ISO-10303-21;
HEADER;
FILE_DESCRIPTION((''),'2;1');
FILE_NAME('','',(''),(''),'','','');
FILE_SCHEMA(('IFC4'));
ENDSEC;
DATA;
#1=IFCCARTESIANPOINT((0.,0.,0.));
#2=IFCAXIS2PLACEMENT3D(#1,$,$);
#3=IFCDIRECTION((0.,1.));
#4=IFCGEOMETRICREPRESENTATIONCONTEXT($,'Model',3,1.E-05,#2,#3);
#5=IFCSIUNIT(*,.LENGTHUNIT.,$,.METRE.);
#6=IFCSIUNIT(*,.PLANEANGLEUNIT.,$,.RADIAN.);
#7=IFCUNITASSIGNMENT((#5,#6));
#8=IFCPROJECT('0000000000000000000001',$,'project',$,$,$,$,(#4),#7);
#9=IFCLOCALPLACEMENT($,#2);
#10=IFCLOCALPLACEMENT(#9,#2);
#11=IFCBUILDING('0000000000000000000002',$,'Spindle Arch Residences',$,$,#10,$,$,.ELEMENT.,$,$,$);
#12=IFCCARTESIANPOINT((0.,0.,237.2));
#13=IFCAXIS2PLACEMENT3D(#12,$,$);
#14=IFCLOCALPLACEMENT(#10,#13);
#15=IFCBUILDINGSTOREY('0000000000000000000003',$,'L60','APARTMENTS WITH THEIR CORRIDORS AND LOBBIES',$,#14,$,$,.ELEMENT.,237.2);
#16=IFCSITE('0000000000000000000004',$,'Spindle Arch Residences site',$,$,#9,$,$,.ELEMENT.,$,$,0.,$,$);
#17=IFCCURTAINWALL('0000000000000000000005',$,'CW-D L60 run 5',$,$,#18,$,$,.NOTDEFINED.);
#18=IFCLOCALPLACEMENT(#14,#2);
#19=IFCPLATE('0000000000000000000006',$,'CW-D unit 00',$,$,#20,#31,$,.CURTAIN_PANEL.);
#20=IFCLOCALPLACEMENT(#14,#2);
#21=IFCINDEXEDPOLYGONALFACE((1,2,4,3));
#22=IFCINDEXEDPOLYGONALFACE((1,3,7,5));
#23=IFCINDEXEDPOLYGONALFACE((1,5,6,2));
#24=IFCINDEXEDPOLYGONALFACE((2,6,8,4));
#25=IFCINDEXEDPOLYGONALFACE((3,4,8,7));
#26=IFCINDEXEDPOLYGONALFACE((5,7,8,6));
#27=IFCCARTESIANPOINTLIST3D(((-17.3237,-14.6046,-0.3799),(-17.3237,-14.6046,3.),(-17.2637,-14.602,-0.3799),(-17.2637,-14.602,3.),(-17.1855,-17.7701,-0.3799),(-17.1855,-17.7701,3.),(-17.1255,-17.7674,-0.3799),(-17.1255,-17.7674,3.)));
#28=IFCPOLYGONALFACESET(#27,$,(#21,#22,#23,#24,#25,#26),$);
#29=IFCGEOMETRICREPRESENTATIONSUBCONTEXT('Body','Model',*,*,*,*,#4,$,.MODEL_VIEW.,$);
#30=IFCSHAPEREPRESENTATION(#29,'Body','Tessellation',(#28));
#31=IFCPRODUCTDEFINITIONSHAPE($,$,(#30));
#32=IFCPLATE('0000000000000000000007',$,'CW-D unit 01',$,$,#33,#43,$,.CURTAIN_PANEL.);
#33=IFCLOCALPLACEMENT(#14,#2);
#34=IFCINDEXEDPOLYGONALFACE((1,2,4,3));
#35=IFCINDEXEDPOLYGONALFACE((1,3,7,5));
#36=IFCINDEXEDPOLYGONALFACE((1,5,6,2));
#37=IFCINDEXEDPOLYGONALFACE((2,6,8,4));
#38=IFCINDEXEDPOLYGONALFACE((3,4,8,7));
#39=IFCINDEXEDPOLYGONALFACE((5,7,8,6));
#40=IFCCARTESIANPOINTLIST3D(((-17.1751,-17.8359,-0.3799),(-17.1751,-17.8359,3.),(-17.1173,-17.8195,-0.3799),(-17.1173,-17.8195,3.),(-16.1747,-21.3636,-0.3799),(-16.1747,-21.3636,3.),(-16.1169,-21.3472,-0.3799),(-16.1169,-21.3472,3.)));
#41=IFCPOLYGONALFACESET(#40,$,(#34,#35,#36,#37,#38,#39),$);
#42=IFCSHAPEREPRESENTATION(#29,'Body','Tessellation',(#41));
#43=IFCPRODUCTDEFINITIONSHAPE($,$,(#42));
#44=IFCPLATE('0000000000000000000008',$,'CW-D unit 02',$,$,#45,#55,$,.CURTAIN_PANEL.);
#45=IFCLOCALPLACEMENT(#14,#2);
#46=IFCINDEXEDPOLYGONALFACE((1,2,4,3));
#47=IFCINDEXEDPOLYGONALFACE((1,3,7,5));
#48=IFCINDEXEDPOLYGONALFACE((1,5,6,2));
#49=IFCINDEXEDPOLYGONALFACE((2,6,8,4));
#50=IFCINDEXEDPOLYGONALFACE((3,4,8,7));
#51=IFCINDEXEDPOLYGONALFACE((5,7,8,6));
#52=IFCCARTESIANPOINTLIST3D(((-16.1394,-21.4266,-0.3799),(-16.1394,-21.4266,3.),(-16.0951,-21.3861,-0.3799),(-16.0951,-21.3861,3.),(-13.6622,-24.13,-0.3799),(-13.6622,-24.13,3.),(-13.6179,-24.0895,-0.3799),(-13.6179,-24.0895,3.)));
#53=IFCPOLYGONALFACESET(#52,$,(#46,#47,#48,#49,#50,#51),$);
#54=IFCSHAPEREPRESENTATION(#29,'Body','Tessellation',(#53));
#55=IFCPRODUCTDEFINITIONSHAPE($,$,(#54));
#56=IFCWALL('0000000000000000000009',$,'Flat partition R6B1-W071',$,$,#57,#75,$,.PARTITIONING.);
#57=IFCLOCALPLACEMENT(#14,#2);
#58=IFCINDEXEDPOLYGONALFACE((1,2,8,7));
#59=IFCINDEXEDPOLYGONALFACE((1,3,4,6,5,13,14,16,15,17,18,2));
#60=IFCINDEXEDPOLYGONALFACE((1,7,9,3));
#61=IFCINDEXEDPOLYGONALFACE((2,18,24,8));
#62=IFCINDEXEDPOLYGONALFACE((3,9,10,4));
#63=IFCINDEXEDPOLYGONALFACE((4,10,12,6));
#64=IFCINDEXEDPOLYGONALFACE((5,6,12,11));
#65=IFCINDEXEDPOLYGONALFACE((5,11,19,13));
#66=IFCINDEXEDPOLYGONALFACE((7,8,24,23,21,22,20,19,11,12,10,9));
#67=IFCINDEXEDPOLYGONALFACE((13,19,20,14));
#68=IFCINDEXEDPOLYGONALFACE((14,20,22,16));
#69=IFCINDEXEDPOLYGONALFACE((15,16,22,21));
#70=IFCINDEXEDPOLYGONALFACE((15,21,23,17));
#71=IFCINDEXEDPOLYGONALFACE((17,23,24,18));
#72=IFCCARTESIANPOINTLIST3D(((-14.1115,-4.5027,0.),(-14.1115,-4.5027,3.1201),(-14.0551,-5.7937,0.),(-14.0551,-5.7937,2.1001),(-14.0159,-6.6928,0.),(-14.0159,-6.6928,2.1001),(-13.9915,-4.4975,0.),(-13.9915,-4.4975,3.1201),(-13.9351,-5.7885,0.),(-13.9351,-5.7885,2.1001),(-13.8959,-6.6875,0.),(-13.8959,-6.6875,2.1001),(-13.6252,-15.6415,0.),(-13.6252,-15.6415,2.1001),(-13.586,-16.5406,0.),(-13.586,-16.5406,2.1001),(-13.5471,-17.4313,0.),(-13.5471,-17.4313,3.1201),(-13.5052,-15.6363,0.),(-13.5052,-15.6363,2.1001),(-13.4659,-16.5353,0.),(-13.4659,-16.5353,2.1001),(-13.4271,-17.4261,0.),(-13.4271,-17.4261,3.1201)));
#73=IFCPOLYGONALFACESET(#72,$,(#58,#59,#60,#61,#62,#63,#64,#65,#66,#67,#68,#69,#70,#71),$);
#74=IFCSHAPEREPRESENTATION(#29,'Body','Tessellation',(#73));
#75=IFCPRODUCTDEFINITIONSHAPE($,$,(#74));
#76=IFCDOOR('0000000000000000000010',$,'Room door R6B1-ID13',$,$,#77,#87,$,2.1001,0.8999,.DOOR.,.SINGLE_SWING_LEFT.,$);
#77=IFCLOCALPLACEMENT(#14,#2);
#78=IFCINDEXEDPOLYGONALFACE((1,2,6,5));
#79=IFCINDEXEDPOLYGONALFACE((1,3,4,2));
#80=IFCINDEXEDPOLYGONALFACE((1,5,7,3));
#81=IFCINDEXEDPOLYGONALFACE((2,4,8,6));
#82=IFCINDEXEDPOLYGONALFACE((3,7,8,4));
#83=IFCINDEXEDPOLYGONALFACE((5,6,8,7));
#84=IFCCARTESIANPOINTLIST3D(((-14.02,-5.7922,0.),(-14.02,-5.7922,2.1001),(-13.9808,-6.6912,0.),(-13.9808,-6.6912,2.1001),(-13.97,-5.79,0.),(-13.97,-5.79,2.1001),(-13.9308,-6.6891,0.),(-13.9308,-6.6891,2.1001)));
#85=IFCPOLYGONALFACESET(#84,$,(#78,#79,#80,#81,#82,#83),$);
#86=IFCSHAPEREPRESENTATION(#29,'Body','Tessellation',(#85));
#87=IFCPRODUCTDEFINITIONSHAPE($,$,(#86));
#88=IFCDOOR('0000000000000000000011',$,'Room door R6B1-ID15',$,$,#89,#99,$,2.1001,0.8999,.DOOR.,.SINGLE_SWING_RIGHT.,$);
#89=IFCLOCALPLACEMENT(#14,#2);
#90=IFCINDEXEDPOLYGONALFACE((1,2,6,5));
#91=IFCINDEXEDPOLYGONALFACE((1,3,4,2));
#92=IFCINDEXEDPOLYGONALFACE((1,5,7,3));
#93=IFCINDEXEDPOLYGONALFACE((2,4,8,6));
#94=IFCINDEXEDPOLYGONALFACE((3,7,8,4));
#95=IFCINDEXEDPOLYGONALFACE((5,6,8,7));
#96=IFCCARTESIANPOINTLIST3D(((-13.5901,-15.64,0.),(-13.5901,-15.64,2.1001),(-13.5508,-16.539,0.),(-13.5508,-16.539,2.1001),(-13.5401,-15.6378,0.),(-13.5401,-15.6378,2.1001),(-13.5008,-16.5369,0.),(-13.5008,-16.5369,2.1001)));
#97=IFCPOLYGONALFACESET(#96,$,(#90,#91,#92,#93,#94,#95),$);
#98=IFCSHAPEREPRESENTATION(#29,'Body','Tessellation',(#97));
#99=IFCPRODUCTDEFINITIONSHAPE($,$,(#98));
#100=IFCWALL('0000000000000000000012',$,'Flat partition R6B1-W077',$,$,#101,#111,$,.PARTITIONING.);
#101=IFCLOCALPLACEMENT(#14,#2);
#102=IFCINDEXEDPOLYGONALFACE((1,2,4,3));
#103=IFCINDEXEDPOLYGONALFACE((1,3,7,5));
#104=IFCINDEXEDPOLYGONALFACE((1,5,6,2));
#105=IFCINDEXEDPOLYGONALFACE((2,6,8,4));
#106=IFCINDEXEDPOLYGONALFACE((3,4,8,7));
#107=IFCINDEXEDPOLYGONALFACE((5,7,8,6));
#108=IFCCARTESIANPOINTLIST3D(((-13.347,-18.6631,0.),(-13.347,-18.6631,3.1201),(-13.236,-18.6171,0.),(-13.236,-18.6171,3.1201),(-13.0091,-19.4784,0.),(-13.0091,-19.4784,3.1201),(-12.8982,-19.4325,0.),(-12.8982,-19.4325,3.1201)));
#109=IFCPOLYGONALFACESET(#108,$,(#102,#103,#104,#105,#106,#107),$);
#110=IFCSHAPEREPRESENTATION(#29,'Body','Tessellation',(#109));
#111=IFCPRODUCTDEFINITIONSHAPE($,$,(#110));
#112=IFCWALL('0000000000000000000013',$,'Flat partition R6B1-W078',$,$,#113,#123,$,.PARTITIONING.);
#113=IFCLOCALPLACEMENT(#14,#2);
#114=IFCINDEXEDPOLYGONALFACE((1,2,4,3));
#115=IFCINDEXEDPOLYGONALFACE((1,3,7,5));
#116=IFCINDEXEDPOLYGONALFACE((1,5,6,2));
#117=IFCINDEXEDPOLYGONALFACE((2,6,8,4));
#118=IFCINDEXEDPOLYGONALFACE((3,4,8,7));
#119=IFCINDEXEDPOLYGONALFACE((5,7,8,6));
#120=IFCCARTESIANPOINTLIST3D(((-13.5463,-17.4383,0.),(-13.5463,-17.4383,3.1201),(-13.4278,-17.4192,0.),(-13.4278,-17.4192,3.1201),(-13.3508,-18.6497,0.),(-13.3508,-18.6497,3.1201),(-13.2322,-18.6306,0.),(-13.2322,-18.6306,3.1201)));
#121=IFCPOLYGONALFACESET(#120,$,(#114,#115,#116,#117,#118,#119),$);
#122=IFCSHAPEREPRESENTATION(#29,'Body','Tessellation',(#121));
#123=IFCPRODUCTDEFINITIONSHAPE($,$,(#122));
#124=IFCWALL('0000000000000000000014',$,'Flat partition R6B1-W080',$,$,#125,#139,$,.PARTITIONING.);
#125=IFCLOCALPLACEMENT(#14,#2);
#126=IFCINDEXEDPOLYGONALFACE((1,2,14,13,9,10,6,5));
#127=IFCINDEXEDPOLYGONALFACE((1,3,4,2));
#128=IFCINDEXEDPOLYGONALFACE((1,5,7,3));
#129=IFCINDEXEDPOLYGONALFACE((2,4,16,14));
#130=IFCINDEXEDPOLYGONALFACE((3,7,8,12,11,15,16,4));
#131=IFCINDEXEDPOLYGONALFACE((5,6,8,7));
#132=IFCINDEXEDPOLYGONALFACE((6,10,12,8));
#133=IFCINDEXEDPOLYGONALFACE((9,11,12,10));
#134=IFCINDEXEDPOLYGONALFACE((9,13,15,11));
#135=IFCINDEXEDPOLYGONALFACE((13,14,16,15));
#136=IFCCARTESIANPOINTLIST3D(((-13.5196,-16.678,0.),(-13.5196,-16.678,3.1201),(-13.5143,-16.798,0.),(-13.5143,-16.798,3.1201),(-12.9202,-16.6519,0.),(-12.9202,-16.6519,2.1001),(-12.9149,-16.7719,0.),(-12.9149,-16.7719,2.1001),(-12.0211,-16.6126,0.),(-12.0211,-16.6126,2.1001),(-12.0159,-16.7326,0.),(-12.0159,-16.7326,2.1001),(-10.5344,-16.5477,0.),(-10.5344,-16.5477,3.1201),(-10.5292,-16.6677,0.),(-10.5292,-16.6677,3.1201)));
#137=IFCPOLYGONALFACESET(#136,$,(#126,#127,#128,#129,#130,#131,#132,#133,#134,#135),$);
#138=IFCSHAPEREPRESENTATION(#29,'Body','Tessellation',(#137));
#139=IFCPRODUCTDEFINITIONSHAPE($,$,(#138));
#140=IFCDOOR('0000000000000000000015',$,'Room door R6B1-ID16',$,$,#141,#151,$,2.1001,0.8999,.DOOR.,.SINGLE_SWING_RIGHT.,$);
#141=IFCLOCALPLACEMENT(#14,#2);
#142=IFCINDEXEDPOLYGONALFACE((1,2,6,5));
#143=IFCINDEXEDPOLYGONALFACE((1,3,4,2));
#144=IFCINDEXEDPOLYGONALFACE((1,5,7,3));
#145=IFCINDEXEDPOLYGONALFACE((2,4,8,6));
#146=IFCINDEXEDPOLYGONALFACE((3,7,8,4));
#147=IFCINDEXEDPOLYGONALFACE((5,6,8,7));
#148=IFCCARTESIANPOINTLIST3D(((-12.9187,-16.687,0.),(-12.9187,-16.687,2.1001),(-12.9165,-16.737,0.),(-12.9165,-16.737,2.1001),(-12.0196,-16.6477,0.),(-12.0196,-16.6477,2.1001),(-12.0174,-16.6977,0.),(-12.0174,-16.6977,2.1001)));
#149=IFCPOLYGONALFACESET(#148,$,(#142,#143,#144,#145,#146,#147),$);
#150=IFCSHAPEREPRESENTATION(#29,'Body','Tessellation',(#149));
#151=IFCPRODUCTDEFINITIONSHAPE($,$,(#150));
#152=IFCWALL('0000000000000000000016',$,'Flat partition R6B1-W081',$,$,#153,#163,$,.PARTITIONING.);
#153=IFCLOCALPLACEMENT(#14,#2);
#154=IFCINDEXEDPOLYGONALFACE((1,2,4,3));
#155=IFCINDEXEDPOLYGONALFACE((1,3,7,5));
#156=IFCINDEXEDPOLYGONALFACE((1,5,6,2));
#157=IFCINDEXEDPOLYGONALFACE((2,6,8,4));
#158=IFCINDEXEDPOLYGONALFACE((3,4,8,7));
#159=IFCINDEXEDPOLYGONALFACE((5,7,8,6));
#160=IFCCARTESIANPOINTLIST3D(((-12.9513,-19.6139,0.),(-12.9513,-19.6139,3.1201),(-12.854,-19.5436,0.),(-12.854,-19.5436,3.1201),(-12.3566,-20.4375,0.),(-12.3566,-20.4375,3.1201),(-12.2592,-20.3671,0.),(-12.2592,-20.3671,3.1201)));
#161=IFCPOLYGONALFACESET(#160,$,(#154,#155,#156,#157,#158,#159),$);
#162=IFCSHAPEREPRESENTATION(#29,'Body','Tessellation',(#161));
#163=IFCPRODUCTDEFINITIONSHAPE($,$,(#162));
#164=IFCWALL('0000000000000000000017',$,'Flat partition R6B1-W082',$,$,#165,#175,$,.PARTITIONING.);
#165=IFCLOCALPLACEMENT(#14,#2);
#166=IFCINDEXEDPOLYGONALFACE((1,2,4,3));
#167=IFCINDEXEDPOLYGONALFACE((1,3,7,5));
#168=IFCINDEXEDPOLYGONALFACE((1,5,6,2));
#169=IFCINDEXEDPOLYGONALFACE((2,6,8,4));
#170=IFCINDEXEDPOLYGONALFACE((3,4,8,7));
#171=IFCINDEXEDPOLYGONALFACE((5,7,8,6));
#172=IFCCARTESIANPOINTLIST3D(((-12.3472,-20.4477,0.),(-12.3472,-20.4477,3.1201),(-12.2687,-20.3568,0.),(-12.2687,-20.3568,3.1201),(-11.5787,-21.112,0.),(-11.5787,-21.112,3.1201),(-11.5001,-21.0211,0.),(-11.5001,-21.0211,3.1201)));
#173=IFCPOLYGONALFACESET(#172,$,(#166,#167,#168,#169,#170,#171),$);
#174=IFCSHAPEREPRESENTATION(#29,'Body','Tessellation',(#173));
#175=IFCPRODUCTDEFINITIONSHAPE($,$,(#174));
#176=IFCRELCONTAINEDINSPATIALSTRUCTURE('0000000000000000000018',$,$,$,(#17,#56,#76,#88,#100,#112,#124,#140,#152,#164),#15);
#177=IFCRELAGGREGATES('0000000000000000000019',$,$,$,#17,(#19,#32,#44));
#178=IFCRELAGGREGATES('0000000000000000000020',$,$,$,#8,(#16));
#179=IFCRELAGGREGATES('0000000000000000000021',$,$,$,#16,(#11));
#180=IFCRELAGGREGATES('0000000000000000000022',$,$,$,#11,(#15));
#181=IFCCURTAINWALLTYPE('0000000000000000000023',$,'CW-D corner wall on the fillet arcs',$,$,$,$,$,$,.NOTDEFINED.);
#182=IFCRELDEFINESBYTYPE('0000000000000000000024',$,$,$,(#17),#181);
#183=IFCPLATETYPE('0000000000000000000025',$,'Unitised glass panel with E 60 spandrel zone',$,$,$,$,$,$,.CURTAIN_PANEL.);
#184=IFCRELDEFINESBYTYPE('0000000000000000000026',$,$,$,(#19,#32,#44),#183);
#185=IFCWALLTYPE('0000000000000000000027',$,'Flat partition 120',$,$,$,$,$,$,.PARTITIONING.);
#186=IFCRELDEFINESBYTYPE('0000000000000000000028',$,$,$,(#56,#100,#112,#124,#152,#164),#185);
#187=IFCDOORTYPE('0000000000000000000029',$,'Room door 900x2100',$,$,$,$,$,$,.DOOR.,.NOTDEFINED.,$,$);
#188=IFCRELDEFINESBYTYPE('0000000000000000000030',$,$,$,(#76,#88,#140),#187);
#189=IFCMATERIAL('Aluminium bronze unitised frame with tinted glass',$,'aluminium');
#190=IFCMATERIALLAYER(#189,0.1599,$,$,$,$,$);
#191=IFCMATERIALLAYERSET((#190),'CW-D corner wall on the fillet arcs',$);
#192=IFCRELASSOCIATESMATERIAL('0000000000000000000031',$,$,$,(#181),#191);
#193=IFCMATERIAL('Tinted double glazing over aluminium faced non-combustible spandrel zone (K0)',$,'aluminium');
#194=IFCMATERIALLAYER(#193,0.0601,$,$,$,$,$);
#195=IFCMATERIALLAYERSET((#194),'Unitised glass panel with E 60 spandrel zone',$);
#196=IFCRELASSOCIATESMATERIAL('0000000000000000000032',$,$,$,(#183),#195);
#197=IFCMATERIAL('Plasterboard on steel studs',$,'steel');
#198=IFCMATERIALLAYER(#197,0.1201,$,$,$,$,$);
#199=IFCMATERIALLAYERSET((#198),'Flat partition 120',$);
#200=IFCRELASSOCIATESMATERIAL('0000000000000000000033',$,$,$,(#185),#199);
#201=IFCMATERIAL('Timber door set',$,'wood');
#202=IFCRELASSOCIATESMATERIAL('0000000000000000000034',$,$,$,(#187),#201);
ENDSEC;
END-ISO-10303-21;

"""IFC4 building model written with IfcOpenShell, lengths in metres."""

from ifc_helpers import new_model, si_unit, direction, frame, frame_2d, origin, origin_2d, place, context, subcontext, project, spatial, rectangle, extrude, material, layer, layer_set, type_object, element, fill, aggregate, save


model = new_model("IFC4")

# Units and contexts
model_context = context("Model", 3, precision=1e-05, world=origin(), true_north=direction((0.0, 1.0)))
body_context = subcontext(model_context, "Body", "Model", "MODEL_VIEW")
ifc_project = project(units=[si_unit("LENGTHUNIT", "METRE"), si_unit("PLANEANGLEUNIT", "RADIAN")], contexts=[model_context])

# Site, building, storey
site_placement = place(None, origin())
site = spatial("IfcSite", under=ifc_project, at=site_placement, Name="Spindle Arch Residences site", CompositionType="ELEMENT", RefElevation=0.0)
building_placement = place(site_placement, origin())
building = spatial("IfcBuilding", under=site, at=building_placement, Name="Spindle Arch Residences", CompositionType="ELEMENT")
storey_placement = place(building_placement, frame((0.0, 0.0, 237.2)))
storey = spatial("IfcBuildingStorey", under=building, at=storey_placement, Name="L60", Description="APARTMENTS WITH THEIR CORRIDORS AND LOBBIES", CompositionType="ELEMENT", Elevation=237.2)

# Curtain wall
ifc_material_1 = material(Name="Aluminium bronze unitised frame with tinted glass", Category="aluminium")
ifc_layer_1 = layer(ifc_material_1, 0.1599)
ifc_layer_set_1 = layer_set([ifc_layer_1], Name="CW-D corner wall on the fillet arcs")
curtain_wall_type = type_object("IfcCurtainWallType", Name="CW-D corner wall on the fillet arcs", PredefinedType="NOTDEFINED", material=ifc_layer_set_1)
curtain_wall_placement = place(storey_placement, origin())
curtain_wall = element("IfcCurtainWall", 1, at=curtain_wall_placement, inside=storey, type_object=curtain_wall_type, Name="CW-D L60 run 5", PredefinedType="NOTDEFINED")

# Plates
ifc_material_2 = material(Name="Tinted double glazing over aluminium faced non-combustible spandrel zone (K0)", Category="aluminium")
ifc_layer_2 = layer(ifc_material_2, 0.0601)
ifc_layer_set_2 = layer_set([ifc_layer_2], Name="Unitised glass panel with E 60 spandrel zone")
plate_type = type_object("IfcPlateType", Name="Unitised glass panel with E 60 spandrel zone", PredefinedType="CURTAIN_PANEL", material=ifc_layer_set_2)
plate_1_placement = place(storey_placement, frame((-17.2246, -16.186, -0.3799), z_axis=(0.0, 0.0, 1.0), x_axis=(0.043619, -0.999048, 0.0)))
plate_1 = element("IfcPlate", 2, at=plate_1_placement, type_object=plate_type, Name="CW-D unit 00", PredefinedType="CURTAIN_PANEL", context=body_context, shape_type="SweptSolid", body=[
    extrude(rectangle(XDim=3.1685, YDim=0.0601, at=origin_2d()), origin(), (0.0, 0.0, 1.0), 3.3799),
])
plate_2_placement = place(storey_placement, frame((-16.646, -19.5916, -0.3799), z_axis=(0.0, 0.0, 1.0), x_axis=(0.27284, -0.962059, 0.0)))
plate_2 = element("IfcPlate", 3, at=plate_2_placement, type_object=plate_type, Name="CW-D unit 01", PredefinedType="CURTAIN_PANEL", context=body_context, shape_type="SweptSolid", body=[
    extrude(rectangle(XDim=3.6667, YDim=0.0601, at=origin_2d()), origin(), (0.0, 0.0, 1.0), 3.3799),
])
plate_3_placement = place(storey_placement, frame((-14.8787, -22.7581, -0.3799), z_axis=(0.0, 0.0, 1.0), x_axis=(0.67559, -0.737277, 0.0)))
plate_3 = element("IfcPlate", 4, at=plate_3_placement, type_object=plate_type, Name="CW-D unit 02", PredefinedType="CURTAIN_PANEL", context=body_context, shape_type="SweptSolid", body=[
    extrude(rectangle(XDim=3.6667, YDim=0.0601, at=origin_2d()), origin(), (0.0, 0.0, 1.0), 3.3799),
])
aggregate(curtain_wall, [plate_1, plate_2, plate_3])

# Wall, openings, doors
ifc_material_3 = material(Name="Plasterboard on steel studs", Category="steel")
ifc_layer_3 = layer(ifc_material_3, 0.1201)
ifc_layer_set_3 = layer_set([ifc_layer_3], Name="Flat partition 120")
wall_type_1 = type_object("IfcWallType", Name="Flat partition 120", PredefinedType="PARTITIONING", material=ifc_layer_set_3)
wall_1_placement = place(storey_placement, frame((-13.4871, -17.4287, 0.0), z_axis=(0.0, 0.0, 1.0), x_axis=(-0.043617, 0.999048, 0.0)))
wall_1 = element("IfcWall", 5, at=wall_1_placement, inside=storey, type_object=wall_type_1, Name="Flat partition R6B1-W071", PredefinedType="PARTITIONING", context=body_context, shape_type="SweptSolid", body=[
    extrude(rectangle(XDim=12.9409, YDim=0.1201, at=frame_2d((6.4705, 0.0))), origin(), (0.0, 0.0, 1.0), 3.1201),
])
opening_1_placement = place(wall_1_placement, frame((10.7488, 0.0, 0.0)))
opening_1 = element("IfcOpeningElement", 6, at=opening_1_placement, cuts=wall_1, PredefinedType="OPENING", context=body_context, shape_type="SweptSolid", body=[
    extrude(rectangle(XDim=0.8999, YDim=2.1001, at=frame_2d((0.45, 1.05))), frame((0.0, 0.0701, 0.0), z_axis=(0.0, -1.0, 0.0), x_axis=(1.0, 0.0, 0.0)), (0.0, 0.0, 1.0), 0.1401),
])
opening_2_placement = place(wall_1_placement, frame((0.8916, 0.0, 0.0)))
opening_2 = element("IfcOpeningElement", 7, at=opening_2_placement, cuts=wall_1, PredefinedType="OPENING", context=body_context, shape_type="SweptSolid", body=[
    extrude(rectangle(XDim=0.8999, YDim=2.1001, at=frame_2d((0.45, 1.05))), frame((0.0, 0.0701, 0.0), z_axis=(0.0, -1.0, 0.0), x_axis=(1.0, 0.0, 0.0)), (0.0, 0.0, 1.0), 0.1401),
])
ifc_material_4 = material(Name="Timber door set", Category="wood")
door_type = type_object("IfcDoorType", Name="Room door 900x2100", OperationType="NOTDEFINED", PredefinedType="DOOR", material=ifc_material_4)
door_1_placement = place(opening_1_placement, origin())
door_1 = element("IfcDoor", 8, at=door_1_placement, inside=storey, type_object=door_type, Name="Room door R6B1-ID13", OperationType="SINGLE_SWING_LEFT", OverallHeight=2.1001, OverallWidth=0.8999, PredefinedType="DOOR", context=body_context, shape_type="SweptSolid", body=[
    extrude(rectangle(XDim=0.8999, YDim=2.1001, at=frame_2d((0.45, 1.05))), frame((0.0, 0.0249, 0.0), z_axis=(0.0, -1.0, 0.0), x_axis=(1.0, 0.0, 0.0)), (0.0, 0.0, 1.0), 0.05),
])
fill(opening_1, door_1)
door_2_placement = place(opening_2_placement, origin())
door_2 = element("IfcDoor", 9, at=door_2_placement, inside=storey, type_object=door_type, Name="Room door R6B1-ID15", OperationType="SINGLE_SWING_RIGHT", OverallHeight=2.1001, OverallWidth=0.8999, PredefinedType="DOOR", context=body_context, shape_type="SweptSolid", body=[
    extrude(rectangle(XDim=0.8999, YDim=2.1001, at=frame_2d((0.45, 1.05))), frame((0.0, 0.0249, 0.0), z_axis=(0.0, -1.0, 0.0), x_axis=(1.0, 0.0, 0.0)), (0.0, 0.0, 1.0), 0.05),
])
fill(opening_2, door_2)

# Walls
wall_2_placement = place(storey_placement, frame((-12.9536, -19.4556, 0.0), z_axis=(0.0, 0.0, 1.0), x_axis=(-0.382808, 0.923828, 0.0)))
element("IfcWall", 10, at=wall_2_placement, inside=storey, type_object=wall_type_1, Name="Flat partition R6B1-W077", PredefinedType="PARTITIONING", context=body_context, shape_type="SweptSolid", body=[
    extrude(rectangle(XDim=0.8826, YDim=0.1201, at=frame_2d((0.4414, 0.0))), origin(), (0.0, 0.0, 1.0), 3.1201),
])
wall_3_placement = place(storey_placement, frame((-13.2915, -18.6401, 0.0), z_axis=(0.0, 0.0, 1.0), x_axis=(-0.159364, 0.98722, 0.0)))
element("IfcWall", 11, at=wall_3_placement, inside=storey, type_object=wall_type_1, Name="Flat partition R6B1-W078", PredefinedType="PARTITIONING", context=body_context, shape_type="SweptSolid", body=[
    extrude(rectangle(XDim=1.2271, YDim=0.1201, at=frame_2d((0.6135, 0.0))), origin(), (0.0, 0.0, 1.0), 3.1201),
])

# Wall, opening, door
wall_4_placement = place(storey_placement, frame((-13.5171, -16.738, 0.0), z_axis=(0.0, 0.0, 1.0), x_axis=(0.999048, 0.043632, 0.0)))
wall_4 = element("IfcWall", 12, at=wall_4_placement, inside=storey, type_object=wall_type_1, Name="Flat partition R6B1-W080", PredefinedType="PARTITIONING", context=body_context, shape_type="SweptSolid", body=[
    extrude(rectangle(XDim=2.988, YDim=0.1201, at=frame_2d((1.4941, 0.0))), origin(), (0.0, 0.0, 1.0), 3.1201),
])
opening_3_placement = place(wall_4_placement, frame((0.6001, 0.0, 0.0)))
opening_3 = element("IfcOpeningElement", 13, at=opening_3_placement, cuts=wall_4, PredefinedType="OPENING", context=body_context, shape_type="SweptSolid", body=[
    extrude(rectangle(XDim=0.8999, YDim=2.1001, at=frame_2d((0.45, 1.05))), frame((0.0, 0.0701, 0.0), z_axis=(0.0, -1.0, 0.0), x_axis=(1.0, 0.0, 0.0)), (0.0, 0.0, 1.0), 0.1401),
])
door_3_placement = place(opening_3_placement, origin())
door_3 = element("IfcDoor", 14, at=door_3_placement, inside=storey, type_object=door_type, Name="Room door R6B1-ID16", OperationType="SINGLE_SWING_RIGHT", OverallHeight=2.1001, OverallWidth=0.8999, PredefinedType="DOOR", context=body_context, shape_type="SweptSolid", body=[
    extrude(rectangle(XDim=0.8999, YDim=2.1001, at=frame_2d((0.45, 1.05))), frame((0.0, 0.0249, 0.0), z_axis=(0.0, -1.0, 0.0), x_axis=(1.0, 0.0, 0.0)), (0.0, 0.0, 1.0), 0.05),
])
fill(opening_3, door_3)

# Walls
for number, where, z_axis, x_axis, name in (
    (15, (-12.9026, -19.5789, 0.0), (0.0, 0.0, 1.0), (0.585482, -0.810686, 0.0), "Flat partition R6B1-W081"),
    (16, (-12.3079, -20.4023, 0.0), (0.0, 0.0, 1.0), (0.756553, -0.653933, 0.0), "Flat partition R6B1-W082"),
):
    element("IfcWall", number, at=place(storey_placement, frame(where, z_axis=z_axis, x_axis=x_axis)), inside=storey, type_object=wall_type_1, Name=name, PredefinedType="PARTITIONING", context=body_context, shape_type="SweptSolid", body=[
        extrude(rectangle(XDim=1.0159, YDim=0.1201, at=frame_2d((0.5078, 0.0))), origin(), (0.0, 0.0, 1.0), 3.1201),
    ])

save(model, "model.ifc")
